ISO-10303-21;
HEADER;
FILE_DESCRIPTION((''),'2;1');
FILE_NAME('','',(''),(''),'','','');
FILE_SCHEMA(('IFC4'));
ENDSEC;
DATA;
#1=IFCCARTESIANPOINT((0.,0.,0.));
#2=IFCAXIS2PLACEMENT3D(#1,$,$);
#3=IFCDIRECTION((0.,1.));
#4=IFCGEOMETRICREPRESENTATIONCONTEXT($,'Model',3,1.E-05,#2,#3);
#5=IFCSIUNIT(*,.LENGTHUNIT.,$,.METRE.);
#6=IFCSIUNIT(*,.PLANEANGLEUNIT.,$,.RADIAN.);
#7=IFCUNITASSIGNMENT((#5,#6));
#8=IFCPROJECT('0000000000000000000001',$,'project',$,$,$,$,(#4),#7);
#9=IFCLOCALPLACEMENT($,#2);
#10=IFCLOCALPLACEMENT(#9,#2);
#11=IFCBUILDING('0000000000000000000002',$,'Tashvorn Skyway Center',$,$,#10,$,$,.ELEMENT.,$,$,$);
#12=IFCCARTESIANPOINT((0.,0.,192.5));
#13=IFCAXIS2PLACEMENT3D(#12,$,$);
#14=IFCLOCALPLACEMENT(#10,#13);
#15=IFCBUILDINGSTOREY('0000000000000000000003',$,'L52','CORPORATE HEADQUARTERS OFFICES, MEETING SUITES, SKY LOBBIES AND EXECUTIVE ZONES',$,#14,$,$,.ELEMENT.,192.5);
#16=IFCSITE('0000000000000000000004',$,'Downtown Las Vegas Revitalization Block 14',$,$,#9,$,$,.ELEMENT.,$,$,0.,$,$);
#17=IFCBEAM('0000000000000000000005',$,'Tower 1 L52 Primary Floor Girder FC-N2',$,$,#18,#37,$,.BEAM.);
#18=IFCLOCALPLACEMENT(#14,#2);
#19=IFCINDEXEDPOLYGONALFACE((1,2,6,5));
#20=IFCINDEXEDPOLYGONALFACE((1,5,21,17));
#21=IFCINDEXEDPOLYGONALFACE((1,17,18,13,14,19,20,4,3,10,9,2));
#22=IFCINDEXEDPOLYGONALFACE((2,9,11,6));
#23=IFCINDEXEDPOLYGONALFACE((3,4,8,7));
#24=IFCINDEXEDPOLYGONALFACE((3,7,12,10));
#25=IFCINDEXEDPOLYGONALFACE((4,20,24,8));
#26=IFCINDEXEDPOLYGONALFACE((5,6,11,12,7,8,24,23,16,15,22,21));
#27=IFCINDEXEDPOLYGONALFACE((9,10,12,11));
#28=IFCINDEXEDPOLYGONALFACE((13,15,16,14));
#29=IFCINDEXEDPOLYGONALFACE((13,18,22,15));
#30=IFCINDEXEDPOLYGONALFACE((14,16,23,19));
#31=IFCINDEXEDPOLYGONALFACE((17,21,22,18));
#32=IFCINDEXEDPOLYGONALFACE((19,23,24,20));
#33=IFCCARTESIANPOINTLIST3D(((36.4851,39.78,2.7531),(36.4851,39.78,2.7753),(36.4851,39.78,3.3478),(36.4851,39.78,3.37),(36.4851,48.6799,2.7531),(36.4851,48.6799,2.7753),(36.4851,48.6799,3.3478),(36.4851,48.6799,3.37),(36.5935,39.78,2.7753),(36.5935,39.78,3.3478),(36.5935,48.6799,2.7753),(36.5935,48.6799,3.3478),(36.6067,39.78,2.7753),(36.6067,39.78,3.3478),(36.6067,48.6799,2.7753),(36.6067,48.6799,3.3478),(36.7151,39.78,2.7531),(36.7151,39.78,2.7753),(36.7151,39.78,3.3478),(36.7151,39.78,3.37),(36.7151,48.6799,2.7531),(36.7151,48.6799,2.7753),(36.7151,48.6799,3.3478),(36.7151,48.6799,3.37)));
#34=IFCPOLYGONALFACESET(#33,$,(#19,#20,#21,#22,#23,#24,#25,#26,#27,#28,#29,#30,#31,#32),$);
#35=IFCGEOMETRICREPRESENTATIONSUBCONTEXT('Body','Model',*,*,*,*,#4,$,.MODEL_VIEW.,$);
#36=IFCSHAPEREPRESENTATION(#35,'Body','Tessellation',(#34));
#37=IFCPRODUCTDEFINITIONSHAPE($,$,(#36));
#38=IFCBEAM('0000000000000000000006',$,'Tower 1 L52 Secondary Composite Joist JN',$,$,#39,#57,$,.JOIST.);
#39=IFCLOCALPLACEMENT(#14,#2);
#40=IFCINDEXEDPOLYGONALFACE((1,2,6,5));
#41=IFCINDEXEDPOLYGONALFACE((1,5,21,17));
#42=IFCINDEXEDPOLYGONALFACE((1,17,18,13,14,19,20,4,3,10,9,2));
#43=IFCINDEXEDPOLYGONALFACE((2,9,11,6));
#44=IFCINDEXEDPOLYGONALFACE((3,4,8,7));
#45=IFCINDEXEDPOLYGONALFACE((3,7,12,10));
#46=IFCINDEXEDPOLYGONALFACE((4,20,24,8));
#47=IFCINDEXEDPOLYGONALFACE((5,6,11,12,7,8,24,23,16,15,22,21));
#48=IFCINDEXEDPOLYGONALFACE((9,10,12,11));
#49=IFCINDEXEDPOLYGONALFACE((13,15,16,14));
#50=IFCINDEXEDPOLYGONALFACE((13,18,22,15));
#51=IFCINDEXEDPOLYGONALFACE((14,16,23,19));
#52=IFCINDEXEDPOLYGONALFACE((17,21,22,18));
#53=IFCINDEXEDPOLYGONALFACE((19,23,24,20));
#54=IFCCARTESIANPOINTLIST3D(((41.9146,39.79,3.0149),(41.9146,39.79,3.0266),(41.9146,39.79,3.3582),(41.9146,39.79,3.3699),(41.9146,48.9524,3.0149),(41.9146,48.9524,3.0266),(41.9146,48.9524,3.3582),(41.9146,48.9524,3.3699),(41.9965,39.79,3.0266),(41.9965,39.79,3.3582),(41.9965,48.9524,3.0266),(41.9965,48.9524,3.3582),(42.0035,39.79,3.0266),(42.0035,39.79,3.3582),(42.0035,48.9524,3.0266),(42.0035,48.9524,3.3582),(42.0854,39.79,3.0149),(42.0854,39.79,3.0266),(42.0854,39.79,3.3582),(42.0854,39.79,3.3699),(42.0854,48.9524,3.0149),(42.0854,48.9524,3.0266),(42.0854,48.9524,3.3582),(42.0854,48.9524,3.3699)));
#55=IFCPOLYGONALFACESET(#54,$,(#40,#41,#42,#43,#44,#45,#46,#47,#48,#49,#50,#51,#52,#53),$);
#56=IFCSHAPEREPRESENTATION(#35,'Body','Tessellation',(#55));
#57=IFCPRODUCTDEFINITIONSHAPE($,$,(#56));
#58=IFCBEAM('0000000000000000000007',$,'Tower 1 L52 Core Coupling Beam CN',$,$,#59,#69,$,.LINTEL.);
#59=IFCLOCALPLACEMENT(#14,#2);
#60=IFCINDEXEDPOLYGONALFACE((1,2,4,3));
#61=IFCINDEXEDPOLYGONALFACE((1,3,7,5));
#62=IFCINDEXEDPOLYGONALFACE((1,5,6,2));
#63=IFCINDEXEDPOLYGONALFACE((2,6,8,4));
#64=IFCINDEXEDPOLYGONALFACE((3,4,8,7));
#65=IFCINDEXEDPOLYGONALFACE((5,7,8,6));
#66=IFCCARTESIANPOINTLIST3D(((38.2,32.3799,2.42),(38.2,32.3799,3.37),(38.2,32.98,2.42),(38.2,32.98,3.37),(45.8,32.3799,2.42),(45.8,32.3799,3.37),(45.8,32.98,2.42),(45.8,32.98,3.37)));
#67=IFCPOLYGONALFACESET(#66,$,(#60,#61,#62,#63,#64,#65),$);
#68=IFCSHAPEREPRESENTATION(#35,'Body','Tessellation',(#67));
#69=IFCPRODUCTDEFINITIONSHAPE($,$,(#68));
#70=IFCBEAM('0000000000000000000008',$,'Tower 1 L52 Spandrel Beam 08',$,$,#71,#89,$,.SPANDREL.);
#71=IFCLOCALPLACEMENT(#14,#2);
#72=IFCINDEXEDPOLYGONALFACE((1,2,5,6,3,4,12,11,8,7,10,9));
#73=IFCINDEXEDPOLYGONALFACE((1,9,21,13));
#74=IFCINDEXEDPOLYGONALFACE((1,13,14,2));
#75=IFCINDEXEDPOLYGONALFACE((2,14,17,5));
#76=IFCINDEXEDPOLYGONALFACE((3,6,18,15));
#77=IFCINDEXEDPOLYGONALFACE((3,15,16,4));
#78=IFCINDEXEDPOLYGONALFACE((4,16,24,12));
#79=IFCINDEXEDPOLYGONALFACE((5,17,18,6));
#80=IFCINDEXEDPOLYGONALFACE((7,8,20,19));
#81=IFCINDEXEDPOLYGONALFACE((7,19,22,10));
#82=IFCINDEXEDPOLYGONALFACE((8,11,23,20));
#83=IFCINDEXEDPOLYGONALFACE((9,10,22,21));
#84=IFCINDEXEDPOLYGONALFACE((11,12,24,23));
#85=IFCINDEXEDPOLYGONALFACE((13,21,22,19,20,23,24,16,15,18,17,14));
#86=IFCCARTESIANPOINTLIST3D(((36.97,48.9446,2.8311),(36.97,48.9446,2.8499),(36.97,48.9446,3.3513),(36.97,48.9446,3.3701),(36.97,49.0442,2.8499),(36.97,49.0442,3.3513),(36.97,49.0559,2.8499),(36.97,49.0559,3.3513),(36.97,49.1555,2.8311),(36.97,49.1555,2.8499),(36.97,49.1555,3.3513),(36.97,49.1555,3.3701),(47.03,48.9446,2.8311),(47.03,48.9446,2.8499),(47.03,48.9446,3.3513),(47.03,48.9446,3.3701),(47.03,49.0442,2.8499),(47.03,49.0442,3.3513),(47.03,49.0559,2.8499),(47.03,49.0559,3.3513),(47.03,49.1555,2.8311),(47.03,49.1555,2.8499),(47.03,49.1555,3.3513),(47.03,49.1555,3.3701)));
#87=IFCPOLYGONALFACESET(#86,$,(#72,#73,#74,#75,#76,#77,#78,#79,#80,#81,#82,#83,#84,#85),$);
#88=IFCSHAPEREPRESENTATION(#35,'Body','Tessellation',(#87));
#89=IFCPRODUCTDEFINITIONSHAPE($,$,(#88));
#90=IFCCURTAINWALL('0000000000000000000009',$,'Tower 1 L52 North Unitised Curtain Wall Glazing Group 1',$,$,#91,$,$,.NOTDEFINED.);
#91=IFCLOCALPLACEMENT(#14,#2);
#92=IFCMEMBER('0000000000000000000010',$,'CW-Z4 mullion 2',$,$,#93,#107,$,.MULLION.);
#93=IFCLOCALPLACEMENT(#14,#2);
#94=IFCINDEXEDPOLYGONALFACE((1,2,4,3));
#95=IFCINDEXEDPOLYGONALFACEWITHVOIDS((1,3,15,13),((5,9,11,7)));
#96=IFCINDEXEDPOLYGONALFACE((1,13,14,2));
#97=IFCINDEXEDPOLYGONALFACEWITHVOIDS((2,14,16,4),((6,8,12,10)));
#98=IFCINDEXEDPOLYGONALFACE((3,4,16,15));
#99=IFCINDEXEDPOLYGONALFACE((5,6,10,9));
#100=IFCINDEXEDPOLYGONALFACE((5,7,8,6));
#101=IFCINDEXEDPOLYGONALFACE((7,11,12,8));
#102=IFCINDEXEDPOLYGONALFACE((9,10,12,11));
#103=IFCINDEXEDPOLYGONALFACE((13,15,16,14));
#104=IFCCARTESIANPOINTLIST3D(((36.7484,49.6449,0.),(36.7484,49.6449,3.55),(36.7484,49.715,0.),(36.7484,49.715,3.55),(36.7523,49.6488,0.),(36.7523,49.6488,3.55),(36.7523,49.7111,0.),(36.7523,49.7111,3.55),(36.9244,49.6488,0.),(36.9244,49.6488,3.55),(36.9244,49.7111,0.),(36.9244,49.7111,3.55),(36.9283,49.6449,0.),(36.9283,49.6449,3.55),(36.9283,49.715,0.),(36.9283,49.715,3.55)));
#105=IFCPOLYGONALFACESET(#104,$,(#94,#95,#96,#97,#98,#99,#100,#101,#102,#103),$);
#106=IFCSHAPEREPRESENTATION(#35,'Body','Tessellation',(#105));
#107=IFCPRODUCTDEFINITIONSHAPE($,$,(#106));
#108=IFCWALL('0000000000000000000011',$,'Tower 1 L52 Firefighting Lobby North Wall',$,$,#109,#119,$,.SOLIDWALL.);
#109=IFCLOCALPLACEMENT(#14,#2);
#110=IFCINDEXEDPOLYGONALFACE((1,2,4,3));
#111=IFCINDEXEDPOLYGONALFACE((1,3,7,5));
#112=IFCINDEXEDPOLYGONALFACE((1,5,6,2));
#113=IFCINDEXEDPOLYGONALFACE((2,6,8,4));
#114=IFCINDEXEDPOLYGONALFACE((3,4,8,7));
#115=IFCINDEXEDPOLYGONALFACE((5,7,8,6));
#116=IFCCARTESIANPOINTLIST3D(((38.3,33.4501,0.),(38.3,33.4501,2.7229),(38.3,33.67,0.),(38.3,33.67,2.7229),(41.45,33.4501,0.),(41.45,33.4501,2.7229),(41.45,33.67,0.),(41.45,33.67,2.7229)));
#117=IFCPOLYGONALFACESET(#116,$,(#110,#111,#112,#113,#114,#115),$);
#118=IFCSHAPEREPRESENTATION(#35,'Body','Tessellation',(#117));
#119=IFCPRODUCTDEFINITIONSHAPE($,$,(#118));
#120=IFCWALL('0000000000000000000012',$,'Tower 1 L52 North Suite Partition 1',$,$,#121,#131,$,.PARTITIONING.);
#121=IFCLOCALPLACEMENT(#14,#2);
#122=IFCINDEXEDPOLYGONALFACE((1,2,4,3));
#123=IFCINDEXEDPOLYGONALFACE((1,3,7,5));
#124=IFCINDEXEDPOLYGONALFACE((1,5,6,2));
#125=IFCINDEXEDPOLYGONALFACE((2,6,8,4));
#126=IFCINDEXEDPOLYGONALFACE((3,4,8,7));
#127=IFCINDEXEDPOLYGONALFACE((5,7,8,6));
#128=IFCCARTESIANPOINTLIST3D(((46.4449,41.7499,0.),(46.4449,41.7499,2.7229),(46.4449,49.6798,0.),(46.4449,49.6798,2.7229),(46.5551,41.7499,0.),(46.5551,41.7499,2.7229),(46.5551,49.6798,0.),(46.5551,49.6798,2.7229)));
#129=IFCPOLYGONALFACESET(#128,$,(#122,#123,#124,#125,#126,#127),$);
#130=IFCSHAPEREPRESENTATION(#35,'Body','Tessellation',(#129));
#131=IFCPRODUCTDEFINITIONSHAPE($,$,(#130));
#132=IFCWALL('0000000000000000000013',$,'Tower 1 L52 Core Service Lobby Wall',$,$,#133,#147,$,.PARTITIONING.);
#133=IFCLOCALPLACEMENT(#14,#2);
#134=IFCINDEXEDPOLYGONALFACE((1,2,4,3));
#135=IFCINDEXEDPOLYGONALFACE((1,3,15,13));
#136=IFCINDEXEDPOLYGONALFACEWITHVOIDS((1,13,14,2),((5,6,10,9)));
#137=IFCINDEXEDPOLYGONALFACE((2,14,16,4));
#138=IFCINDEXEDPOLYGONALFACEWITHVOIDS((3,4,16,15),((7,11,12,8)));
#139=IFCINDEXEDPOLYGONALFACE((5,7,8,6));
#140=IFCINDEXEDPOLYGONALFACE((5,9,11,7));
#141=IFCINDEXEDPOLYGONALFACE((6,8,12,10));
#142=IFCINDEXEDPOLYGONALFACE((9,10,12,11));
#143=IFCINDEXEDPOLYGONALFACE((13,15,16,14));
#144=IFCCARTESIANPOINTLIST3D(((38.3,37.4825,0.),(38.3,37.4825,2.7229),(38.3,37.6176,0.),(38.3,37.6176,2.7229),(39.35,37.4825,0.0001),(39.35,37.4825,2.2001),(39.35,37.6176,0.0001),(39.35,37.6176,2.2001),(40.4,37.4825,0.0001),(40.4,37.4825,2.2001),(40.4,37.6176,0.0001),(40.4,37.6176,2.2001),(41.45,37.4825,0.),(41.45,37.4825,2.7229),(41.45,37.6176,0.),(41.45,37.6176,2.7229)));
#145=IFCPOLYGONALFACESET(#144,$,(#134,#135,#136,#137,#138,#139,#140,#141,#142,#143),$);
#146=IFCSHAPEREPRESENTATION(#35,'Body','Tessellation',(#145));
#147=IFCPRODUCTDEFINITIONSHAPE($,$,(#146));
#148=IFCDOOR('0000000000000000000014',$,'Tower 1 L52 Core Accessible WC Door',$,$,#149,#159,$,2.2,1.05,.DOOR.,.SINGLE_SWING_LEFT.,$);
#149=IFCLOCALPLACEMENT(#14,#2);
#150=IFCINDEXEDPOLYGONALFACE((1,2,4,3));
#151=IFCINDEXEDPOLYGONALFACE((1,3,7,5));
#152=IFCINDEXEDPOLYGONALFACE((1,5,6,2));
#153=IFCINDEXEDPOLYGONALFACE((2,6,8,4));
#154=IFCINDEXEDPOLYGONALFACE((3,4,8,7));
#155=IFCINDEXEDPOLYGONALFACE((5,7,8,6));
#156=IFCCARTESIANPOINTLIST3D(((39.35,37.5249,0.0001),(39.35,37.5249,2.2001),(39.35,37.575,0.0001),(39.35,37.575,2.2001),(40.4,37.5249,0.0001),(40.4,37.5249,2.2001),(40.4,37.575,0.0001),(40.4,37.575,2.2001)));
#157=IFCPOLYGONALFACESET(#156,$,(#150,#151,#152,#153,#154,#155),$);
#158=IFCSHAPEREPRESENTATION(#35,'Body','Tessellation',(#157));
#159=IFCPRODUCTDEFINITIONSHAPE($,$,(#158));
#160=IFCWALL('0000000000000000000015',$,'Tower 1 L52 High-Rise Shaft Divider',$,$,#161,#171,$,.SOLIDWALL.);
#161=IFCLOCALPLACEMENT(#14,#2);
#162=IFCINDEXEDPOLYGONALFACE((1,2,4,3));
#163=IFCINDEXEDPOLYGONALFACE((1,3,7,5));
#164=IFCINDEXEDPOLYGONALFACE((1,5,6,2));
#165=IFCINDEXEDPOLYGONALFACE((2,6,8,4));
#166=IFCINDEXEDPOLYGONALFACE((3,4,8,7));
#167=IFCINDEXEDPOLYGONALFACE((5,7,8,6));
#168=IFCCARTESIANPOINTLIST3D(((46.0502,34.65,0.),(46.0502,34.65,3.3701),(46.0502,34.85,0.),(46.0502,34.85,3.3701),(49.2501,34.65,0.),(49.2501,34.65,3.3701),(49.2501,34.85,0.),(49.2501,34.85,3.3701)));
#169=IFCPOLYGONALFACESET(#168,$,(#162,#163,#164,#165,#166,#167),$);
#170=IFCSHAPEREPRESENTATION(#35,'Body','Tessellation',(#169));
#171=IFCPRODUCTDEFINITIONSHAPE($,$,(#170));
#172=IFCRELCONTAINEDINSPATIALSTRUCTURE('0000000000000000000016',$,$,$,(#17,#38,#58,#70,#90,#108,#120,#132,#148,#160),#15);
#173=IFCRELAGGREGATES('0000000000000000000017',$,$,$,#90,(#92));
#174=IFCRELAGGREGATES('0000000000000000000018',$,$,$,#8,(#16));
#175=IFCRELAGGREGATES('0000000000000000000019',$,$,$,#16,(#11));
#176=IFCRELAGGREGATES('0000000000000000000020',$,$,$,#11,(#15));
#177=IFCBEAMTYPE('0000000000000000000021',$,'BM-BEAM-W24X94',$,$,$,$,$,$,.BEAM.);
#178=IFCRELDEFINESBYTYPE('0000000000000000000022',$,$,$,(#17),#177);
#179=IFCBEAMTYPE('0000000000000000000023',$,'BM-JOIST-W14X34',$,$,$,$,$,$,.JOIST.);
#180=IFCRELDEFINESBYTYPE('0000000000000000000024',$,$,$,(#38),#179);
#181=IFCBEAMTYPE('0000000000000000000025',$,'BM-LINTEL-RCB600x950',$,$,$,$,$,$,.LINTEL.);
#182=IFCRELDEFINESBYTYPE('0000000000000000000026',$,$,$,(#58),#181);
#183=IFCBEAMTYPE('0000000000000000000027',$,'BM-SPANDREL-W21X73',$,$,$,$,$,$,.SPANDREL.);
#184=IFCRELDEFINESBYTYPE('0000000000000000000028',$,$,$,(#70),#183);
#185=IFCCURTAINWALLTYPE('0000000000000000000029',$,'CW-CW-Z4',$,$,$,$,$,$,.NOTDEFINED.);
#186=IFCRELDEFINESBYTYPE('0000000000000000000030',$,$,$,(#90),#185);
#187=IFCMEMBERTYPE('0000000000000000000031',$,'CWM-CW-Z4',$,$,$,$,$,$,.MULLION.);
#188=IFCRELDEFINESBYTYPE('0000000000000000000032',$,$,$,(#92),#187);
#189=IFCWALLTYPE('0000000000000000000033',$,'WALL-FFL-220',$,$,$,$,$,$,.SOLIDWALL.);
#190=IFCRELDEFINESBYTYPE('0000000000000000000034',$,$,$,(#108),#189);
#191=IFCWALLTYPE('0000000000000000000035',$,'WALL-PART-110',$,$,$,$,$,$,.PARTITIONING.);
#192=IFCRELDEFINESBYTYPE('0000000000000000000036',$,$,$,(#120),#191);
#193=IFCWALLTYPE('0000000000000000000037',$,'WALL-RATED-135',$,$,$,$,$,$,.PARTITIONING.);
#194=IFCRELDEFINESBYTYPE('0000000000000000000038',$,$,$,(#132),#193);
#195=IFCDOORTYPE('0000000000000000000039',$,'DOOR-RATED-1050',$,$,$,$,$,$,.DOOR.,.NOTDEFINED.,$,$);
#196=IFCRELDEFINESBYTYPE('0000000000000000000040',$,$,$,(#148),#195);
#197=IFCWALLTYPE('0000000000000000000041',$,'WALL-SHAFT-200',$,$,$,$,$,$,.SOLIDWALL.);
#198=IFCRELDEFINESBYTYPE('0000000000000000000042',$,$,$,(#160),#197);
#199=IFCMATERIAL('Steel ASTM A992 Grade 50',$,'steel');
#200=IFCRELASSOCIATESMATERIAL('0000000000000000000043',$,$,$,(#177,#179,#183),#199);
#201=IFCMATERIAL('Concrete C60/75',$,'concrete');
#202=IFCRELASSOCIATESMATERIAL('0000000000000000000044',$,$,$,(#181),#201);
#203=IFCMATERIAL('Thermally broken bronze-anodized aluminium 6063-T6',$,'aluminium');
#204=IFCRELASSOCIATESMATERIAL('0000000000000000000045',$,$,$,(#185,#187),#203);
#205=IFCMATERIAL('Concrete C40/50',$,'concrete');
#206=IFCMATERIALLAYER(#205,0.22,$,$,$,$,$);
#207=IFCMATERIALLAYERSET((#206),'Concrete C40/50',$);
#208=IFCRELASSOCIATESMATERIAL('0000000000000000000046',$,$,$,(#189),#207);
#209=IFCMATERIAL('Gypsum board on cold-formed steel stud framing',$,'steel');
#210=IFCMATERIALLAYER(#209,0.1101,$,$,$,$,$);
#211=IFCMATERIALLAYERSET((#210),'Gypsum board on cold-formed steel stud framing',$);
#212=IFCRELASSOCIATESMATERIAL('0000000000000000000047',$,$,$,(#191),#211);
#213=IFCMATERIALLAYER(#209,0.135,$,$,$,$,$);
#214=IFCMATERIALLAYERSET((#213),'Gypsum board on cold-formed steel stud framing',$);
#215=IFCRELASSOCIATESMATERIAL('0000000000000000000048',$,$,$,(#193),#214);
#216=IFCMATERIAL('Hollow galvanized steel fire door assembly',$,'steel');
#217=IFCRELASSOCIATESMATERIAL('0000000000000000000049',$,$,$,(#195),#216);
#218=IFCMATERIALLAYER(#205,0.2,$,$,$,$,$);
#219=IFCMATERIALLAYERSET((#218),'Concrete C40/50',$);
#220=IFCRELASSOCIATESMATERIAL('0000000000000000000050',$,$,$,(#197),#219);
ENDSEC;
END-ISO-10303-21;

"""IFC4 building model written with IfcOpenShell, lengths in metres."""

from ifc_helpers import new_model, si_unit, direction, frame, frame_2d, origin, origin_2d, place, context, subcontext, project, spatial, rectangle, hollow_rectangle, i_section, extrude, material, layer, layer_set, material_profile, profile_set, type_object, element, fill, aggregate, save


model = new_model("IFC4")

# Units and contexts
model_context = context("Model", 3, precision=1e-05, world=origin(), true_north=direction((0.0, 1.0)))
body_context = subcontext(model_context, "Body", "Model", "MODEL_VIEW")
ifc_project = project(units=[si_unit("LENGTHUNIT", "METRE"), si_unit("PLANEANGLEUNIT", "RADIAN")], contexts=[model_context])

# Site, building, storey
site_placement = place(None, origin())
site = spatial("IfcSite", under=ifc_project, at=site_placement, Name="Downtown Las Vegas Revitalization Block 14", CompositionType="ELEMENT", RefElevation=0.0)
building_placement = place(site_placement, origin())
building = spatial("IfcBuilding", under=site, at=building_placement, Name="Tashvorn Skyway Center", CompositionType="ELEMENT")
storey_placement = place(building_placement, frame((0.0, 0.0, 192.5)))
storey = spatial("IfcBuildingStorey", under=building, at=storey_placement, Name="L52", Description="CORPORATE HEADQUARTERS OFFICES, MEETING SUITES, SKY LOBBIES AND EXECUTIVE ZONES", CompositionType="ELEMENT", Elevation=192.5)

# Beams
ifc_material_1 = material(Name="Steel ASTM A992 Grade 50", Category="steel")
ifc_material_profile_1 = material_profile(ifc_material_1, i_section(OverallWidth=0.23, OverallDepth=0.6169, WebThickness=0.0132, FlangeThickness=0.0222, at=origin_2d()), Name="W24X94")
ifc_profile_set_1 = profile_set([ifc_material_profile_1], Name="Steel ASTM A992 Grade 50")
beam_type_1 = type_object("IfcBeamType", Name="BM-BEAM-W24X94", PredefinedType="BEAM", material=ifc_profile_set_1)
beam_1_placement = place(storey_placement, frame((36.6001, 48.6799, 3.0615), z_axis=(0.0, -1.0, 0.0), x_axis=(1.0, 0.0, 0.0)))
element("IfcBeam", 1, at=beam_1_placement, inside=storey, type_object=beam_type_1, Name="Tower 1 L52 Primary Floor Girder FC-N2", PredefinedType="BEAM", context=body_context, shape_type="SweptSolid", body=[
    extrude(i_section(OverallWidth=0.23, OverallDepth=0.6169, WebThickness=0.0132, FlangeThickness=0.0222, at=origin_2d()), origin(), (0.0, 0.0, 1.0), 8.8999),
])
ifc_material_profile_2 = material_profile(ifc_material_1, i_section(OverallWidth=0.1709, OverallDepth=0.355, WebThickness=0.0071, FlangeThickness=0.0117, at=origin_2d()), Name="W14X34")
ifc_profile_set_2 = profile_set([ifc_material_profile_2], Name="Steel ASTM A992 Grade 50")
beam_type_2 = type_object("IfcBeamType", Name="BM-JOIST-W14X34", PredefinedType="JOIST", material=ifc_profile_set_2)
beam_2_placement = place(storey_placement, frame((42.0, 39.79, 3.1924), z_axis=(0.0, 1.0, 0.0), x_axis=(-1.0, 0.0, 0.0)))
element("IfcBeam", 2, at=beam_2_placement, inside=storey, type_object=beam_type_2, Name="Tower 1 L52 Secondary Composite Joist JN", PredefinedType="JOIST", context=body_context, shape_type="SweptSolid", body=[
    extrude(i_section(OverallWidth=0.1709, OverallDepth=0.355, WebThickness=0.0071, FlangeThickness=0.0117, at=origin_2d()), origin(), (0.0, 0.0, 1.0), 9.1624),
])
ifc_material_2 = material(Name="Concrete C60/75", Category="concrete")
ifc_material_profile_3 = material_profile(ifc_material_2, rectangle(XDim=0.6001, YDim=0.95, at=origin_2d()), Name="RCB600x950")
ifc_profile_set_3 = profile_set([ifc_material_profile_3], Name="Concrete C60/75")
beam_type_3 = type_object("IfcBeamType", Name="BM-LINTEL-RCB600x950", PredefinedType="LINTEL", material=ifc_profile_set_3)
beam_3_placement = place(storey_placement, frame((38.2, 32.6799, 2.895), z_axis=(1.0, 0.0, 0.0), x_axis=(0.0, 1.0, 0.0)))
element("IfcBeam", 3, at=beam_3_placement, inside=storey, type_object=beam_type_3, Name="Tower 1 L52 Core Coupling Beam CN", PredefinedType="LINTEL", context=body_context, shape_type="SweptSolid", body=[
    extrude(rectangle(XDim=0.6001, YDim=0.95, at=origin_2d()), origin(), (0.0, 0.0, 1.0), 7.6001),
])
ifc_material_profile_4 = material_profile(ifc_material_1, i_section(OverallWidth=0.2109, OverallDepth=0.5391, WebThickness=0.0117, FlangeThickness=0.0188, at=origin_2d()), Name="W21X73")
ifc_profile_set_4 = profile_set([ifc_material_profile_4], Name="Steel ASTM A992 Grade 50")
beam_type_4 = type_object("IfcBeamType", Name="BM-SPANDREL-W21X73", PredefinedType="SPANDREL", material=ifc_profile_set_4)
beam_4_placement = place(storey_placement, frame((47.03, 49.05, 3.1006), z_axis=(-1.0, 0.0, 0.0), x_axis=(0.0, -1.0, 0.0)))
element("IfcBeam", 4, at=beam_4_placement, inside=storey, type_object=beam_type_4, Name="Tower 1 L52 Spandrel Beam 08", PredefinedType="SPANDREL", context=body_context, shape_type="SweptSolid", body=[
    extrude(i_section(OverallWidth=0.2109, OverallDepth=0.5391, WebThickness=0.0117, FlangeThickness=0.0188, at=origin_2d()), origin(), (0.0, 0.0, 1.0), 10.0601),
])

# Curtain wall, member
ifc_material_3 = material(Name="Thermally broken bronze-anodized aluminium 6063-T6", Category="aluminium")
curtain_wall_type = type_object("IfcCurtainWallType", Name="CW-CW-Z4", PredefinedType="NOTDEFINED", material=ifc_material_3)
curtain_wall_placement = place(storey_placement, origin())
curtain_wall = element("IfcCurtainWall", 5, at=curtain_wall_placement, inside=storey, type_object=curtain_wall_type, Name="Tower 1 L52 North Unitised Curtain Wall Glazing Group 1", PredefinedType="NOTDEFINED")
ifc_material_profile_5 = material_profile(ifc_material_3, hollow_rectangle(XDim=0.0701, YDim=0.1799, WallThickness=0.0039, at=origin_2d()), Name="ALU-MULL-70x180")
ifc_profile_set_5 = profile_set([ifc_material_profile_5], Name="Thermally broken bronze-anodized aluminium 6063-T6")
member_type = type_object("IfcMemberType", Name="CWM-CW-Z4", PredefinedType="MULLION", material=ifc_profile_set_5)
member_placement = place(storey_placement, frame((36.8384, 49.6799, 0.0), z_axis=(0.0, 0.0, 1.0), x_axis=(0.0, 1.0, 0.0)))
member = element("IfcMember", 6, at=member_placement, type_object=member_type, Name="CW-Z4 mullion 2", PredefinedType="MULLION", context=body_context, shape_type="SweptSolid", body=[
    extrude(hollow_rectangle(XDim=0.0701, YDim=0.1799, WallThickness=0.0039, at=origin_2d()), origin(), (0.0, 0.0, 1.0), 3.55),
])
aggregate(curtain_wall, [member])

# Walls
ifc_material_4 = material(Name="Concrete C40/50", Category="concrete")
ifc_layer_1 = layer(ifc_material_4, 0.22)
ifc_layer_set_1 = layer_set([ifc_layer_1], Name="Concrete C40/50")
wall_type_1 = type_object("IfcWallType", Name="WALL-FFL-220", PredefinedType="SOLIDWALL", material=ifc_layer_set_1)
wall_1_placement = place(storey_placement, frame((38.3, 33.5601, 0.0), z_axis=(0.0, 0.0, 1.0), x_axis=(1.0, 0.0, 0.0)))
element("IfcWall", 7, at=wall_1_placement, inside=storey, type_object=wall_type_1, Name="Tower 1 L52 Firefighting Lobby North Wall", PredefinedType="SOLIDWALL", context=body_context, shape_type="SweptSolid", body=[
    extrude(rectangle(XDim=3.1499, YDim=0.22, at=frame_2d((1.575, 0.0))), origin(), (0.0, 0.0, 1.0), 2.7229),
])
ifc_material_5 = material(Name="Gypsum board on cold-formed steel stud framing", Category="steel")
ifc_layer_2 = layer(ifc_material_5, 0.1101)
ifc_layer_set_2 = layer_set([ifc_layer_2], Name="Gypsum board on cold-formed steel stud framing")
wall_type_2 = type_object("IfcWallType", Name="WALL-PART-110", PredefinedType="PARTITIONING", material=ifc_layer_set_2)
wall_2_placement = place(storey_placement, frame((46.5, 41.75, 0.0), z_axis=(0.0, 0.0, 1.0), x_axis=(0.0, 1.0, 0.0)))
element("IfcWall", 8, at=wall_2_placement, inside=storey, type_object=wall_type_2, Name="Tower 1 L52 North Suite Partition 1", PredefinedType="PARTITIONING", context=body_context, shape_type="SweptSolid", body=[
    extrude(rectangle(XDim=7.9299, YDim=0.1101, at=frame_2d((3.9648, 0.0))), origin(), (0.0, 0.0, 1.0), 2.7229),
])

# Wall, opening, door
ifc_layer_3 = layer(ifc_material_5, 0.135)
ifc_layer_set_3 = layer_set([ifc_layer_3], Name="Gypsum board on cold-formed steel stud framing")
wall_type_3 = type_object("IfcWallType", Name="WALL-RATED-135", PredefinedType="PARTITIONING", material=ifc_layer_set_3)
wall_3_placement = place(storey_placement, frame((38.3, 37.55, 0.0), z_axis=(0.0, 0.0, 1.0), x_axis=(1.0, 0.0, 0.0)))
wall_3 = element("IfcWall", 9, at=wall_3_placement, inside=storey, type_object=wall_type_3, Name="Tower 1 L52 Core Service Lobby Wall", PredefinedType="PARTITIONING", context=body_context, shape_type="SweptSolid", body=[
    extrude(rectangle(XDim=3.1499, YDim=0.135, at=frame_2d((1.575, 0.0))), origin(), (0.0, 0.0, 1.0), 2.7229),
])
opening_1_placement = place(wall_3_placement, frame((1.05, 0.0, 0.0)))
opening_1 = element("IfcOpeningElement", 10, at=opening_1_placement, cuts=wall_3, PredefinedType="OPENING", context=body_context, shape_type="SweptSolid", body=[
    extrude(rectangle(XDim=1.05, YDim=2.2, at=frame_2d((0.5249, 1.1001))), frame((0.0, 0.0774, 0.0), z_axis=(0.0, -1.0, 0.0), x_axis=(1.0, 0.0, 0.0)), (0.0, 0.0, 1.0), 0.155),
])
ifc_material_6 = material(Name="Hollow galvanized steel fire door assembly", Category="steel")
door_type_1 = type_object("IfcDoorType", Name="DOOR-RATED-1050", OperationType="NOTDEFINED", PredefinedType="DOOR", material=ifc_material_6)
door_1_placement = place(opening_1_placement, origin())
door_1 = element("IfcDoor", 11, at=door_1_placement, inside=storey, type_object=door_type_1, Name="Tower 1 L52 Core Accessible WC Door", OperationType="SINGLE_SWING_LEFT", OverallHeight=2.2, OverallWidth=1.05, PredefinedType="DOOR", context=body_context, shape_type="SweptSolid", body=[
    extrude(rectangle(XDim=1.05, YDim=2.2, at=frame_2d((0.5249, 1.1001))), frame((0.0, 0.0249, 0.0), z_axis=(0.0, -1.0, 0.0), x_axis=(1.0, 0.0, 0.0)), (0.0, 0.0, 1.0), 0.05),
])
fill(opening_1, door_1)

# Wall
ifc_layer_4 = layer(ifc_material_4, 0.2)
ifc_layer_set_4 = layer_set([ifc_layer_4], Name="Concrete C40/50")
wall_type_4 = type_object("IfcWallType", Name="WALL-SHAFT-200", PredefinedType="SOLIDWALL", material=ifc_layer_set_4)
for number, where, z_axis, x_axis, name in (
    (12, (46.05, 34.75, 0.0), (0.0, 0.0, 1.0), (1.0, 0.0, 0.0), "Tower 1 L52 High-Rise Shaft Divider"),
):
    element("IfcWall", number, at=place(storey_placement, frame(where, z_axis=z_axis, x_axis=x_axis)), inside=storey, type_object=wall_type_4, Name=name, PredefinedType="SOLIDWALL", context=body_context, shape_type="SweptSolid", body=[
        extrude(rectangle(XDim=3.2, YDim=0.2, at=frame_2d((1.6001, 0.0))), origin(), (0.0, 0.0, 1.0), 3.3701),
    ])

save(model, "model.ifc")
